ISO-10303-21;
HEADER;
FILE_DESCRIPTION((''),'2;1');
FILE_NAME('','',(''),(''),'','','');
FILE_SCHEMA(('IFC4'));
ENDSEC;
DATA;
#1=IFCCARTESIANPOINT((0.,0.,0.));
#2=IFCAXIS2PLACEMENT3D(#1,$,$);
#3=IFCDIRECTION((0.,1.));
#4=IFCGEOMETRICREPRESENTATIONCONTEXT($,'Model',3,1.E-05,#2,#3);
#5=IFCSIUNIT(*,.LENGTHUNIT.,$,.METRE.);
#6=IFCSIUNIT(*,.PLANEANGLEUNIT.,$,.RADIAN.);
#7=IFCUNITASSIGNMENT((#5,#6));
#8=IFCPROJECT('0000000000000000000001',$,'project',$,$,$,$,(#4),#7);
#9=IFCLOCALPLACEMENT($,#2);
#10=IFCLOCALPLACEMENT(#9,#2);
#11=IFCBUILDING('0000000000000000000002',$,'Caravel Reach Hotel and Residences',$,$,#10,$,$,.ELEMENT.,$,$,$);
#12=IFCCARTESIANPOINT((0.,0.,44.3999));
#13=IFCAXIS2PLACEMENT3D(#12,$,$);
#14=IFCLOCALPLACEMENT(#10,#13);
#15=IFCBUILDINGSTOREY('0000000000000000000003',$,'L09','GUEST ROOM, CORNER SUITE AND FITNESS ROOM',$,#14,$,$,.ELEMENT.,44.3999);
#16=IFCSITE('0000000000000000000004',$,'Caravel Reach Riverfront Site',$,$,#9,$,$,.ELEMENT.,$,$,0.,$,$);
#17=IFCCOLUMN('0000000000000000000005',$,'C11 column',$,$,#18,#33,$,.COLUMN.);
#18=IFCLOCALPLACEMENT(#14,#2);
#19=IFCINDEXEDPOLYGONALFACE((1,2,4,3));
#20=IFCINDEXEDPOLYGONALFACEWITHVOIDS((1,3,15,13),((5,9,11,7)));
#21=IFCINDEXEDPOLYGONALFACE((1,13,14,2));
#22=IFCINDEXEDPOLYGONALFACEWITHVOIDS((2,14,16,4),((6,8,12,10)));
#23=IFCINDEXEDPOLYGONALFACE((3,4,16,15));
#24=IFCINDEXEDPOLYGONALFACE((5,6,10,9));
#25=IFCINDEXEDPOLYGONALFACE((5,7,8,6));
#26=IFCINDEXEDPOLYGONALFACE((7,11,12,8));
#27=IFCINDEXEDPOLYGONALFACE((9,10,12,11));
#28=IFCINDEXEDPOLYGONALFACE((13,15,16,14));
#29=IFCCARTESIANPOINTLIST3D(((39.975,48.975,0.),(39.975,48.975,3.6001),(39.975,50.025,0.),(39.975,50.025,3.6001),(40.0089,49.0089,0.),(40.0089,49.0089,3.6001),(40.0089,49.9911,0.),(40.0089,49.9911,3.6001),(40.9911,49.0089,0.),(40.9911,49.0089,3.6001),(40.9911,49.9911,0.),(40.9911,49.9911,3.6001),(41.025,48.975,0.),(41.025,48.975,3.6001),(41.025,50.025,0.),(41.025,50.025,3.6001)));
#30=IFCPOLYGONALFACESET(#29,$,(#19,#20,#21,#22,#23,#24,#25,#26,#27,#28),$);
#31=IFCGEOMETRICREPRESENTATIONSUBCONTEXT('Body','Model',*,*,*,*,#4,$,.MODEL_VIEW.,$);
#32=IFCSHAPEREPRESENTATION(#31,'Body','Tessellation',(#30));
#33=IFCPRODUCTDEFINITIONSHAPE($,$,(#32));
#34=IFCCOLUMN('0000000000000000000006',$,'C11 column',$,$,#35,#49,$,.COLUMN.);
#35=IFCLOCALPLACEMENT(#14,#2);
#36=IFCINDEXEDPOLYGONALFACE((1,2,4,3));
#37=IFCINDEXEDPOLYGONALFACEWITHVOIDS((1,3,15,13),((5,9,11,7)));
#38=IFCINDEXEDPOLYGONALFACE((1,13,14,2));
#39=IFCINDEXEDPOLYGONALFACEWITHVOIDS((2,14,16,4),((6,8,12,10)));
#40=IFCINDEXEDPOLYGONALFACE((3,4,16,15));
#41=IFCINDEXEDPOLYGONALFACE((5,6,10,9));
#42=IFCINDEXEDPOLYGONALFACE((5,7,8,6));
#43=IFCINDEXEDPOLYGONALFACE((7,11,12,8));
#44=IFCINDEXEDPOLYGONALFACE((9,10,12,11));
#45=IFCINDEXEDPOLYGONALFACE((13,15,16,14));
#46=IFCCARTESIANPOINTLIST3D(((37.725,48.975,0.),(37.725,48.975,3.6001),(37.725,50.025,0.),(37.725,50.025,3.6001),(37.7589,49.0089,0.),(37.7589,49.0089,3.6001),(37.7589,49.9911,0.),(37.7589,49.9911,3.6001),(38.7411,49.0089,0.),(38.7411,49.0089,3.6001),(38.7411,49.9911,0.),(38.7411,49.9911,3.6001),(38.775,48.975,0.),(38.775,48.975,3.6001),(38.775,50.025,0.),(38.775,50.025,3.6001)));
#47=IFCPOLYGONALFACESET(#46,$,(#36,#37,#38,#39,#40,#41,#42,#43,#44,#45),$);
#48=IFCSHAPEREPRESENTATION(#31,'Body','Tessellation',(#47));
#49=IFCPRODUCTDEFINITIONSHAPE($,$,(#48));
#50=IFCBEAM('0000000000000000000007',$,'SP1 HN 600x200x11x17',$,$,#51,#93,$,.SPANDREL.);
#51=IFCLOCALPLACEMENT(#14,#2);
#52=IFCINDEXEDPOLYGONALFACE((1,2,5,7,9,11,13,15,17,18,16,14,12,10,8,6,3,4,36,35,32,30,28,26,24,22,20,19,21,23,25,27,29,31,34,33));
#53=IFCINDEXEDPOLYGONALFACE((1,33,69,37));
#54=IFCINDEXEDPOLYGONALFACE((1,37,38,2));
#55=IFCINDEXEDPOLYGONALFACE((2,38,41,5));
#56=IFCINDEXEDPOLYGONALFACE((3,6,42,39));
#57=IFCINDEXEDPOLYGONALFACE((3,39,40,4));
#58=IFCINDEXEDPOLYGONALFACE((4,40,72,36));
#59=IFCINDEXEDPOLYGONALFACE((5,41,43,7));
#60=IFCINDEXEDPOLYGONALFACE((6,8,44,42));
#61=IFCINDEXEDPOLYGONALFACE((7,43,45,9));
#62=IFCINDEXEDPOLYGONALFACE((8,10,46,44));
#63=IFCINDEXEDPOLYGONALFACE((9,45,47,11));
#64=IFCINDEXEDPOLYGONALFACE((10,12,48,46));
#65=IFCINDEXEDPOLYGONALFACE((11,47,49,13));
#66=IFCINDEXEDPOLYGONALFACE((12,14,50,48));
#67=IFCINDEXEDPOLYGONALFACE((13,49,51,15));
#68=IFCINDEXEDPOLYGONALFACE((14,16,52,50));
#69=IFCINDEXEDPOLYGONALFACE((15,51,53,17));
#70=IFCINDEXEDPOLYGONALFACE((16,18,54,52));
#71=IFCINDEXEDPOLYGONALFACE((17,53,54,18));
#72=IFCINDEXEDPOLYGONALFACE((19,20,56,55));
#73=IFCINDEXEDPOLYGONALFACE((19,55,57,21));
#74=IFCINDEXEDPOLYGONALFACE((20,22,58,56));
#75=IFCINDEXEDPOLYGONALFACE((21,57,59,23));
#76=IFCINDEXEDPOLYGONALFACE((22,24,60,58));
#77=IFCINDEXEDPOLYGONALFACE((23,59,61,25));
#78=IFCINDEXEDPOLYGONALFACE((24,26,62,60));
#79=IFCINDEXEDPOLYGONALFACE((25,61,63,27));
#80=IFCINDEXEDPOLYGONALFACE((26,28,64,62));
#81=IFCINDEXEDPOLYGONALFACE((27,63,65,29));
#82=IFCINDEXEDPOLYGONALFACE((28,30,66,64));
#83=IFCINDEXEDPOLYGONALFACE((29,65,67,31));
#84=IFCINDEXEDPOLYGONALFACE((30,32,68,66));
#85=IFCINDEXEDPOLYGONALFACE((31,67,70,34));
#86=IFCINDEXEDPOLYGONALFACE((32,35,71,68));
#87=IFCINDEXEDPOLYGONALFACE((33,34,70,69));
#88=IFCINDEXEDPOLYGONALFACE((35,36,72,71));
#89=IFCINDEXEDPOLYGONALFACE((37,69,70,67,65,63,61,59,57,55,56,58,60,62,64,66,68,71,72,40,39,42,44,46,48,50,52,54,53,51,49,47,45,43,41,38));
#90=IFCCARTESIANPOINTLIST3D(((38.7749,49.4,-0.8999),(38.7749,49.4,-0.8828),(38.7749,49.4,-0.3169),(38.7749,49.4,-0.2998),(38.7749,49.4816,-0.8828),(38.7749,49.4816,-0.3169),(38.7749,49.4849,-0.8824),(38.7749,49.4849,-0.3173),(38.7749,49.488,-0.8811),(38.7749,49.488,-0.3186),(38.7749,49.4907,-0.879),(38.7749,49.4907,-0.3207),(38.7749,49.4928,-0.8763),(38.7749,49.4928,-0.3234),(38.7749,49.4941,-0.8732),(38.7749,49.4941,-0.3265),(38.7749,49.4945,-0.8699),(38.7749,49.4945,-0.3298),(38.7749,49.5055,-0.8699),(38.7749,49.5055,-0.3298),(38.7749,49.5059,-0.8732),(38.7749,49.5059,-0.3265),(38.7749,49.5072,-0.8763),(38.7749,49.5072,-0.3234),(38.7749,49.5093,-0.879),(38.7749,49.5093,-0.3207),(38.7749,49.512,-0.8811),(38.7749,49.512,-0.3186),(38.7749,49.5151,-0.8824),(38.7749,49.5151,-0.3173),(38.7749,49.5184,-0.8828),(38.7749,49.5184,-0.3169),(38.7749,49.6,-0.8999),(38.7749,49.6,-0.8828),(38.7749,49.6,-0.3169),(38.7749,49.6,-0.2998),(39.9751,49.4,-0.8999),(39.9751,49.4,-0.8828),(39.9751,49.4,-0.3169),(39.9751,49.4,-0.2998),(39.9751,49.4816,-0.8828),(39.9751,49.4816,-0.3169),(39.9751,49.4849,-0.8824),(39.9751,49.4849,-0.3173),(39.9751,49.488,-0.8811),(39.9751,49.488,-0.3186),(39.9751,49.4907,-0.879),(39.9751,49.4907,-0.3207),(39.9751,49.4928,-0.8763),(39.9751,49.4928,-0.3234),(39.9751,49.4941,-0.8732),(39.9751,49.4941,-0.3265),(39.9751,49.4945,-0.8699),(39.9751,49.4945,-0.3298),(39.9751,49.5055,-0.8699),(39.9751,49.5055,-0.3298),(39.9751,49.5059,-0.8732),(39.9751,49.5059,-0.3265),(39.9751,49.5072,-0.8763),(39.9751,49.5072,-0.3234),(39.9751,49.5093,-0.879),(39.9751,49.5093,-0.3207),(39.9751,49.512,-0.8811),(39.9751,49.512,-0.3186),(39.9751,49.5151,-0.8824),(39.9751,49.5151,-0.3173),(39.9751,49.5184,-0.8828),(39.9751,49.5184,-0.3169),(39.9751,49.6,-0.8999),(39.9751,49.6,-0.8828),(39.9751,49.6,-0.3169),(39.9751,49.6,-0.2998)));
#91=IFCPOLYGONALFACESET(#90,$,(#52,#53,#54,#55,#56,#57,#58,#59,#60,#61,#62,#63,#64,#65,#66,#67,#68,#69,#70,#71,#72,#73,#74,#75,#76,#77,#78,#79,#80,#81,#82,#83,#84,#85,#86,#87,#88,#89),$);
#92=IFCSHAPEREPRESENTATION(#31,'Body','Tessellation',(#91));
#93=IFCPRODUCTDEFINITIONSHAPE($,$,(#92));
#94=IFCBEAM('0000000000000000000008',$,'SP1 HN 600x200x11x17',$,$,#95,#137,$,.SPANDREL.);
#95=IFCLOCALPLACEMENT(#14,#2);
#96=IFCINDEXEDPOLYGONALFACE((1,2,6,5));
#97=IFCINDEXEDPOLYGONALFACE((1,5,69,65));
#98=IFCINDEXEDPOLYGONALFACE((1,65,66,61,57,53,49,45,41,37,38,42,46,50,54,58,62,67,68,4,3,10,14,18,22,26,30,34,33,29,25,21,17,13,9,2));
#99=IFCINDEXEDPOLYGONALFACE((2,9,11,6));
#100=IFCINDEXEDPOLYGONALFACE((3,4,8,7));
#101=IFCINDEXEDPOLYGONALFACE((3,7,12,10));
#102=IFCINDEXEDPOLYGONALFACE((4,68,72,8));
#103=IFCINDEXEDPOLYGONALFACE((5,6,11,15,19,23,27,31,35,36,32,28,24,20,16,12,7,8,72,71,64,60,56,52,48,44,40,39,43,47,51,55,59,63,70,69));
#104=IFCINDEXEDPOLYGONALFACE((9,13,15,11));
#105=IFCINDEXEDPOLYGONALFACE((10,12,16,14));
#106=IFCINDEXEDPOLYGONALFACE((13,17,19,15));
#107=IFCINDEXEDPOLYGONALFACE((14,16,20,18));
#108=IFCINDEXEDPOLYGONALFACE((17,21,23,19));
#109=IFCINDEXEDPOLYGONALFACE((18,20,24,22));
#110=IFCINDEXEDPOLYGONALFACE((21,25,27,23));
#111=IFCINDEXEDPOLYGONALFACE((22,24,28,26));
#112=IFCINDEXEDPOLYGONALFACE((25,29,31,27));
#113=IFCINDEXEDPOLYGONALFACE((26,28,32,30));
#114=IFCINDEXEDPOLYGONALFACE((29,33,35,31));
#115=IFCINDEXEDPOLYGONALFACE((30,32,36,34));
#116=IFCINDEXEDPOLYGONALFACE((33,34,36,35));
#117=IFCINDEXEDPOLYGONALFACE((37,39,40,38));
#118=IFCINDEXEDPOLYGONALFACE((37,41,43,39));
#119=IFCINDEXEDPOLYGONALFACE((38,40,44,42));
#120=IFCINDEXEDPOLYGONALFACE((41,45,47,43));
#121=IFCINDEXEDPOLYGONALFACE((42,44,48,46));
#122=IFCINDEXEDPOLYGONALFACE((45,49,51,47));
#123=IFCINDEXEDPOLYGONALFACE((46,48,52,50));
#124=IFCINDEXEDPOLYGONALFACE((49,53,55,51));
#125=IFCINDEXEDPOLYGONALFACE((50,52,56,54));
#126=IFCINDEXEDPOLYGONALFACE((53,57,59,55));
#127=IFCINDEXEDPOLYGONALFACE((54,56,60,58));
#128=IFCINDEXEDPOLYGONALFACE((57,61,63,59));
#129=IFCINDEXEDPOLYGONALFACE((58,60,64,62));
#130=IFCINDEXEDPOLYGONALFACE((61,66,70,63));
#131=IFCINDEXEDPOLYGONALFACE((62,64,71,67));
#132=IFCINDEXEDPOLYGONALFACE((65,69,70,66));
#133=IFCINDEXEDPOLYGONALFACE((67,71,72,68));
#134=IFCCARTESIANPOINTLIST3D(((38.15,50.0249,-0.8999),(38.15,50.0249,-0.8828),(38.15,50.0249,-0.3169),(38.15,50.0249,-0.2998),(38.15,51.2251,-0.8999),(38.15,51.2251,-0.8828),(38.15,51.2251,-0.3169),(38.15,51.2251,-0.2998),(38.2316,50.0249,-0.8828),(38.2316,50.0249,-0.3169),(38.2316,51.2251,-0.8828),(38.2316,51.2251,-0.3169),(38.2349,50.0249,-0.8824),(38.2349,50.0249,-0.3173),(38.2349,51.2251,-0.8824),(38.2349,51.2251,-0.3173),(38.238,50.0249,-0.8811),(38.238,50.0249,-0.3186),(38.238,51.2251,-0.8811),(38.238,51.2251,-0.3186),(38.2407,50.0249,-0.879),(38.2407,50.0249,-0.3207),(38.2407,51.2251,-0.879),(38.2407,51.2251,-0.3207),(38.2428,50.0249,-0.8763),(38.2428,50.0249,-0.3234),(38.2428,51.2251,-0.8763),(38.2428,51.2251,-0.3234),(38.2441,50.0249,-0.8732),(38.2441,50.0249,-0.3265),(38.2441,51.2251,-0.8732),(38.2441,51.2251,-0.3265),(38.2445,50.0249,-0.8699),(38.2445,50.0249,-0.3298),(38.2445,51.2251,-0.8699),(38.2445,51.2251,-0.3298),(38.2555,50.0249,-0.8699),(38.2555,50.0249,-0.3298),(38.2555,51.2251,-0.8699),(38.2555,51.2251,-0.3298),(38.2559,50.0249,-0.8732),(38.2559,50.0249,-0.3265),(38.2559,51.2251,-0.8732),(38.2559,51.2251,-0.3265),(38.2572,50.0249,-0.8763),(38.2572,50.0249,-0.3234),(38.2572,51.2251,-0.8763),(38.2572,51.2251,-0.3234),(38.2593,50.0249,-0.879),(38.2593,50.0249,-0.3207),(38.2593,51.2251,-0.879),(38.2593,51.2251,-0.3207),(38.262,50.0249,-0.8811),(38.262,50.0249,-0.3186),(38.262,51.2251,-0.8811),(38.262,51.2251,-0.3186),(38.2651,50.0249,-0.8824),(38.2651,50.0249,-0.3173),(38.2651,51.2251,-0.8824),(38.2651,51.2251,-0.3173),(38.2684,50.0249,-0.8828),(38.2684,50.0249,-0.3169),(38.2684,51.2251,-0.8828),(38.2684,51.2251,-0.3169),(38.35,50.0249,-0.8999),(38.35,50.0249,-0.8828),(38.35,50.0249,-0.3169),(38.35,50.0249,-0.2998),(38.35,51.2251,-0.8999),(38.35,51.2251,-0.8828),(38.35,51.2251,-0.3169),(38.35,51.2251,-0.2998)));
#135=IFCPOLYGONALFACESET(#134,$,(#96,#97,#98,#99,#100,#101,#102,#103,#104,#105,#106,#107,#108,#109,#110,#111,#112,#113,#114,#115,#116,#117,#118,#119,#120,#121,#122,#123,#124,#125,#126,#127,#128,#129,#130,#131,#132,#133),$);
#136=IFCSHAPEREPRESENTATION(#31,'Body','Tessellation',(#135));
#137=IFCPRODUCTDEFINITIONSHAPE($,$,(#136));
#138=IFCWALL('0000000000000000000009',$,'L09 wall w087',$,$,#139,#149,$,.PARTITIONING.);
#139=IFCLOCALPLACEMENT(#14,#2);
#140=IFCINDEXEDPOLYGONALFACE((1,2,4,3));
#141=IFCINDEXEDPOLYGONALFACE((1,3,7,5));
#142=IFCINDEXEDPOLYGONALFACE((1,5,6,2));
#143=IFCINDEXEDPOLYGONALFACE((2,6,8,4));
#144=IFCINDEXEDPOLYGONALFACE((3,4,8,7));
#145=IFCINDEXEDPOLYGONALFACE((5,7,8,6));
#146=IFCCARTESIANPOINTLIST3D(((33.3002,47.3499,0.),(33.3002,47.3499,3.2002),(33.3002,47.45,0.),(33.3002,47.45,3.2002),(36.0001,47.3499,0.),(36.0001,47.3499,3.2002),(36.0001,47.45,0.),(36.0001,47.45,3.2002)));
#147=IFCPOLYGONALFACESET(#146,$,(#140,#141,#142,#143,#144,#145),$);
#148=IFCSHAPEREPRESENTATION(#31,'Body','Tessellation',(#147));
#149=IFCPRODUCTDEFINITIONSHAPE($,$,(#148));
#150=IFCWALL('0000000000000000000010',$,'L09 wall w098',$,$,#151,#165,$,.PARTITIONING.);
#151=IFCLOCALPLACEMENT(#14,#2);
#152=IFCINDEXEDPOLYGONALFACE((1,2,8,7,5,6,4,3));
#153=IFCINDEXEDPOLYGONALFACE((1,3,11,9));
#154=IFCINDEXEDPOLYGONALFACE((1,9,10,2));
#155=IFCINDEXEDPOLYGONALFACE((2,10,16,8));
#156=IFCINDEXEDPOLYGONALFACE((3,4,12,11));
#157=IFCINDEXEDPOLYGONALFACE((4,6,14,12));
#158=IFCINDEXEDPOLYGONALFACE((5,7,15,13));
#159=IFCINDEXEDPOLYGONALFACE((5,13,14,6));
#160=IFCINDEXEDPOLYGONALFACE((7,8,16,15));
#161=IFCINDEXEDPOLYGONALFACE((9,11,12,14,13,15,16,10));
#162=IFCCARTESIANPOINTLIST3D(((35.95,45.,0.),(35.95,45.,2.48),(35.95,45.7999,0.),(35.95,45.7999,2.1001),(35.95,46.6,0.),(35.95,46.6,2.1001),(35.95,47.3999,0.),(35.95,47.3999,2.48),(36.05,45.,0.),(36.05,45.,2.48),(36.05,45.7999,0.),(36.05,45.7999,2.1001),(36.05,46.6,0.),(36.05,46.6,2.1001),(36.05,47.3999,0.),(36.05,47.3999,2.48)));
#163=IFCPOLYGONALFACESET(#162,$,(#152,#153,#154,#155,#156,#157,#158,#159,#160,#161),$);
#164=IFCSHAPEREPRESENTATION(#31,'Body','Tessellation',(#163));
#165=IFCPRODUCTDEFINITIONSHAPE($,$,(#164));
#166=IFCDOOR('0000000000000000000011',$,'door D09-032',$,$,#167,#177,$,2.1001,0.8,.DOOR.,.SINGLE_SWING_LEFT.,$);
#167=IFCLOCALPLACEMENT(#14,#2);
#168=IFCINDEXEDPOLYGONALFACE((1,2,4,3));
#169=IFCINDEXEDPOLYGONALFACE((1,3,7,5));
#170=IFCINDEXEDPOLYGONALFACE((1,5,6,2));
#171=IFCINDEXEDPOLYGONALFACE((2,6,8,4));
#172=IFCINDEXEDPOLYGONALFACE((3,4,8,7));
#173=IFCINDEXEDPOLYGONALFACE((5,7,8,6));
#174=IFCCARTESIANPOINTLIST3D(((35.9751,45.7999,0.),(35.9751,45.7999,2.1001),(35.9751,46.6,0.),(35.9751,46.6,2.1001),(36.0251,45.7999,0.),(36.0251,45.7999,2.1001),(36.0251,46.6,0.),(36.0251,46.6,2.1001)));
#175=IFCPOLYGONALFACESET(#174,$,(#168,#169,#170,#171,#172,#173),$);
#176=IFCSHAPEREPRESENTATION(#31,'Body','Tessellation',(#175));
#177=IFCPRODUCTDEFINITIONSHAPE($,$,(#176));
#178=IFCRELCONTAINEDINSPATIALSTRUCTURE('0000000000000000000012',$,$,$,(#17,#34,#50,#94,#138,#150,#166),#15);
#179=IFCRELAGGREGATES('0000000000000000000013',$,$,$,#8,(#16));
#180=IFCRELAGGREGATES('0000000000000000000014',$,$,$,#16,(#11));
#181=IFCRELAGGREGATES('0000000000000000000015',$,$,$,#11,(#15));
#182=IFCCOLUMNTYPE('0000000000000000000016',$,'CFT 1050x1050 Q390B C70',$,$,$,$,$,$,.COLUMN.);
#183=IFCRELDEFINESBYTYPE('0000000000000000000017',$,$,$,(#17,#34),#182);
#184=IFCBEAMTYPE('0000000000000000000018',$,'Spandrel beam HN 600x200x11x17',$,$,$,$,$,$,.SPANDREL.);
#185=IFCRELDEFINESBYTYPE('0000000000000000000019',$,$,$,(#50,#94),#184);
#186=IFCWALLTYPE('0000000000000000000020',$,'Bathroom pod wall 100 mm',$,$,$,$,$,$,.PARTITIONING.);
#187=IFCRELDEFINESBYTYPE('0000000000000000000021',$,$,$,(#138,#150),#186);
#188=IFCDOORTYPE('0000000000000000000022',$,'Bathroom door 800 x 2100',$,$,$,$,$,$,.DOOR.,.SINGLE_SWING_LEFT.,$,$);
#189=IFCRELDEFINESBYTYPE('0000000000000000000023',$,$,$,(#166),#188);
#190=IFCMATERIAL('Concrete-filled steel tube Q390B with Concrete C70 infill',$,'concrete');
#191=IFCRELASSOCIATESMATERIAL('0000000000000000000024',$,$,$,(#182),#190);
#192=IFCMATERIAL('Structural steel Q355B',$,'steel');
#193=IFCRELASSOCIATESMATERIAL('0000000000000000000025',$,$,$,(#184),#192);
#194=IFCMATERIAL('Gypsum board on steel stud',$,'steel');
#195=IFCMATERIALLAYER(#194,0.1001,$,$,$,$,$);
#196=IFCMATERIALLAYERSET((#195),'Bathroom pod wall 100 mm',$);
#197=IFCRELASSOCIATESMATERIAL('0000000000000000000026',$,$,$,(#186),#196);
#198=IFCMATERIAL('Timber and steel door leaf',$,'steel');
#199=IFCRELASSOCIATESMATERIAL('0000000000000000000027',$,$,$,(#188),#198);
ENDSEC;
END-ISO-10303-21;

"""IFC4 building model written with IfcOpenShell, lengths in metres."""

from ifc_helpers import new_model, si_unit, direction, frame, frame_2d, origin, origin_2d, place, context, subcontext, project, spatial, rectangle, hollow_rectangle, i_section, extrude, material, layer, layer_set, material_profile, profile_set, type_object, element, fill, save


model = new_model("IFC4")

# Units and contexts
model_context = context("Model", 3, precision=1e-05, world=origin(), true_north=direction((0.0, 1.0)))
body_context = subcontext(model_context, "Body", "Model", "MODEL_VIEW")
ifc_project = project(units=[si_unit("LENGTHUNIT", "METRE"), si_unit("PLANEANGLEUNIT", "RADIAN")], contexts=[model_context])

# Site, building, storey
site_placement = place(None, origin())
site = spatial("IfcSite", under=ifc_project, at=site_placement, Name="Caravel Reach Riverfront Site", CompositionType="ELEMENT", RefElevation=0.0)
building_placement = place(site_placement, origin())
building = spatial("IfcBuilding", under=site, at=building_placement, Name="Caravel Reach Hotel and Residences", CompositionType="ELEMENT")
storey_placement = place(building_placement, frame((0.0, 0.0, 44.3999)))
storey = spatial("IfcBuildingStorey", under=building, at=storey_placement, Name="L09", Description="GUEST ROOM, CORNER SUITE AND FITNESS ROOM", CompositionType="ELEMENT", Elevation=44.3999)

# Columns
ifc_material_1 = material(Name="Concrete-filled steel tube Q390B with Concrete C70 infill", Category="concrete")
ifc_material_profile_1 = material_profile(ifc_material_1, hollow_rectangle(XDim=1.05, YDim=1.05, WallThickness=0.0339, at=origin_2d()), Name="RHS 1050x1050x34")
ifc_profile_set_1 = profile_set([ifc_material_profile_1], Name="Concrete-filled steel tube Q390B with Concrete C70 infill")
column_type = type_object("IfcColumnType", Name="CFT 1050x1050 Q390B C70", PredefinedType="COLUMN", material=ifc_profile_set_1)
for number, where, z_axis, x_axis, name in (
    (1, (40.5, 49.5, 0.0), (0.0, 0.0, 1.0), (1.0, 0.0, 0.0), "C11 column"),
    (2, (38.25, 49.5, 0.0), (0.0, 0.0, 1.0), (1.0, 0.0, 0.0), "C11 column"),
):
    element("IfcColumn", number, at=place(storey_placement, frame(where, z_axis=z_axis, x_axis=x_axis)), inside=storey, type_object=column_type, Name=name, PredefinedType="COLUMN", context=body_context, shape_type="SweptSolid", body=[
        extrude(hollow_rectangle(XDim=1.05, YDim=1.05, WallThickness=0.0339, at=origin_2d()), origin(), (0.0, 0.0, 1.0), 3.6001),
    ])

# Beams
ifc_material_2 = material(Name="Structural steel Q355B", Category="steel")
ifc_material_profile_2 = material_profile(ifc_material_2, i_section(OverallWidth=0.2, OverallDepth=0.6001, WebThickness=0.011, FlangeThickness=0.0171, FilletRadius=0.0129, at=origin_2d()), Name="HN 600x200x11x17")
ifc_profile_set_2 = profile_set([ifc_material_profile_2], Name="Structural steel Q355B")
beam_type = type_object("IfcBeamType", Name="Spandrel beam HN 600x200x11x17", PredefinedType="SPANDREL", material=ifc_profile_set_2)
for number, where, z_axis, x_axis, name in (
    (3, (39.9751, 49.5, -0.5999), (-1.0, 0.0, 0.0), (0.0, -1.0, 0.0), "SP1 HN 600x200x11x17"),
    (4, (38.25, 50.0249, -0.5999), (0.0, 1.0, 0.0), (-1.0, 0.0, 0.0), "SP1 HN 600x200x11x17"),
):
    element("IfcBeam", number, at=place(storey_placement, frame(where, z_axis=z_axis, x_axis=x_axis)), inside=storey, type_object=beam_type, Name=name, PredefinedType="SPANDREL", context=body_context, shape_type="SweptSolid", body=[
        extrude(i_section(OverallWidth=0.2, OverallDepth=0.6001, WebThickness=0.011, FlangeThickness=0.0171, FilletRadius=0.0129, at=origin_2d()), origin(), (0.0, 0.0, 1.0), 1.2002),
    ])

# Wall
ifc_material_3 = material(Name="Gypsum board on steel stud", Category="steel")
ifc_layer_1 = layer(ifc_material_3, 0.1001)
ifc_layer_set_1 = layer_set([ifc_layer_1], Name="Bathroom pod wall 100 mm")
wall_type_1 = type_object("IfcWallType", Name="Bathroom pod wall 100 mm", PredefinedType="PARTITIONING", material=ifc_layer_set_1)
wall_1_placement = place(storey_placement, frame((33.3, 47.3999, 0.0), z_axis=(0.0, 0.0, 1.0), x_axis=(1.0, 0.0, 0.0)))
element("IfcWall", 5, at=wall_1_placement, inside=storey, type_object=wall_type_1, Name="L09 wall w087", PredefinedType="PARTITIONING", context=body_context, shape_type="SweptSolid", body=[
    extrude(rectangle(XDim=2.7, YDim=0.1001, at=frame_2d((1.3501, 0.0))), origin(), (0.0, 0.0, 1.0), 3.2002),
])

# Wall, opening, door
wall_2_placement = place(storey_placement, frame((36.0, 45.0, 0.0), z_axis=(0.0, 0.0, 1.0), x_axis=(0.0, 1.0, 0.0)))
wall_2 = element("IfcWall", 6, at=wall_2_placement, inside=storey, type_object=wall_type_1, Name="L09 wall w098", PredefinedType="PARTITIONING", context=body_context, shape_type="SweptSolid", body=[
    extrude(rectangle(XDim=2.3999, YDim=0.1001, at=frame_2d((1.2, 0.0))), origin(), (0.0, 0.0, 1.0), 2.48),
])
opening_1_placement = place(wall_2_placement, frame((0.8, 0.0, 0.0)))
opening_1 = element("IfcOpeningElement", 7, at=opening_1_placement, cuts=wall_2, PredefinedType="OPENING", context=body_context, shape_type="SweptSolid", body=[
    extrude(rectangle(XDim=0.8, YDim=2.1001, at=frame_2d((0.3999, 1.05))), frame((0.0, 0.0601, 0.0), z_axis=(0.0, -1.0, 0.0), x_axis=(1.0, 0.0, 0.0)), (0.0, 0.0, 1.0), 0.1201),
])
ifc_material_4 = material(Name="Timber and steel door leaf", Category="steel")
door_type_1 = type_object("IfcDoorType", Name="Bathroom door 800 x 2100", OperationType="SINGLE_SWING_LEFT", PredefinedType="DOOR", material=ifc_material_4)
door_1_placement = place(opening_1_placement, origin())
door_1 = element("IfcDoor", 8, at=door_1_placement, inside=storey, type_object=door_type_1, Name="door D09-032", OperationType="SINGLE_SWING_LEFT", OverallHeight=2.1001, OverallWidth=0.8, PredefinedType="DOOR", context=body_context, shape_type="SweptSolid", body=[
    extrude(rectangle(XDim=0.8, YDim=2.1001, at=frame_2d((0.3999, 1.05))), frame((0.0, 0.0249, 0.0), z_axis=(0.0, -1.0, 0.0), x_axis=(1.0, 0.0, 0.0)), (0.0, 0.0, 1.0), 0.05),
])
fill(opening_1, door_1)

save(model, "model.ifc")
